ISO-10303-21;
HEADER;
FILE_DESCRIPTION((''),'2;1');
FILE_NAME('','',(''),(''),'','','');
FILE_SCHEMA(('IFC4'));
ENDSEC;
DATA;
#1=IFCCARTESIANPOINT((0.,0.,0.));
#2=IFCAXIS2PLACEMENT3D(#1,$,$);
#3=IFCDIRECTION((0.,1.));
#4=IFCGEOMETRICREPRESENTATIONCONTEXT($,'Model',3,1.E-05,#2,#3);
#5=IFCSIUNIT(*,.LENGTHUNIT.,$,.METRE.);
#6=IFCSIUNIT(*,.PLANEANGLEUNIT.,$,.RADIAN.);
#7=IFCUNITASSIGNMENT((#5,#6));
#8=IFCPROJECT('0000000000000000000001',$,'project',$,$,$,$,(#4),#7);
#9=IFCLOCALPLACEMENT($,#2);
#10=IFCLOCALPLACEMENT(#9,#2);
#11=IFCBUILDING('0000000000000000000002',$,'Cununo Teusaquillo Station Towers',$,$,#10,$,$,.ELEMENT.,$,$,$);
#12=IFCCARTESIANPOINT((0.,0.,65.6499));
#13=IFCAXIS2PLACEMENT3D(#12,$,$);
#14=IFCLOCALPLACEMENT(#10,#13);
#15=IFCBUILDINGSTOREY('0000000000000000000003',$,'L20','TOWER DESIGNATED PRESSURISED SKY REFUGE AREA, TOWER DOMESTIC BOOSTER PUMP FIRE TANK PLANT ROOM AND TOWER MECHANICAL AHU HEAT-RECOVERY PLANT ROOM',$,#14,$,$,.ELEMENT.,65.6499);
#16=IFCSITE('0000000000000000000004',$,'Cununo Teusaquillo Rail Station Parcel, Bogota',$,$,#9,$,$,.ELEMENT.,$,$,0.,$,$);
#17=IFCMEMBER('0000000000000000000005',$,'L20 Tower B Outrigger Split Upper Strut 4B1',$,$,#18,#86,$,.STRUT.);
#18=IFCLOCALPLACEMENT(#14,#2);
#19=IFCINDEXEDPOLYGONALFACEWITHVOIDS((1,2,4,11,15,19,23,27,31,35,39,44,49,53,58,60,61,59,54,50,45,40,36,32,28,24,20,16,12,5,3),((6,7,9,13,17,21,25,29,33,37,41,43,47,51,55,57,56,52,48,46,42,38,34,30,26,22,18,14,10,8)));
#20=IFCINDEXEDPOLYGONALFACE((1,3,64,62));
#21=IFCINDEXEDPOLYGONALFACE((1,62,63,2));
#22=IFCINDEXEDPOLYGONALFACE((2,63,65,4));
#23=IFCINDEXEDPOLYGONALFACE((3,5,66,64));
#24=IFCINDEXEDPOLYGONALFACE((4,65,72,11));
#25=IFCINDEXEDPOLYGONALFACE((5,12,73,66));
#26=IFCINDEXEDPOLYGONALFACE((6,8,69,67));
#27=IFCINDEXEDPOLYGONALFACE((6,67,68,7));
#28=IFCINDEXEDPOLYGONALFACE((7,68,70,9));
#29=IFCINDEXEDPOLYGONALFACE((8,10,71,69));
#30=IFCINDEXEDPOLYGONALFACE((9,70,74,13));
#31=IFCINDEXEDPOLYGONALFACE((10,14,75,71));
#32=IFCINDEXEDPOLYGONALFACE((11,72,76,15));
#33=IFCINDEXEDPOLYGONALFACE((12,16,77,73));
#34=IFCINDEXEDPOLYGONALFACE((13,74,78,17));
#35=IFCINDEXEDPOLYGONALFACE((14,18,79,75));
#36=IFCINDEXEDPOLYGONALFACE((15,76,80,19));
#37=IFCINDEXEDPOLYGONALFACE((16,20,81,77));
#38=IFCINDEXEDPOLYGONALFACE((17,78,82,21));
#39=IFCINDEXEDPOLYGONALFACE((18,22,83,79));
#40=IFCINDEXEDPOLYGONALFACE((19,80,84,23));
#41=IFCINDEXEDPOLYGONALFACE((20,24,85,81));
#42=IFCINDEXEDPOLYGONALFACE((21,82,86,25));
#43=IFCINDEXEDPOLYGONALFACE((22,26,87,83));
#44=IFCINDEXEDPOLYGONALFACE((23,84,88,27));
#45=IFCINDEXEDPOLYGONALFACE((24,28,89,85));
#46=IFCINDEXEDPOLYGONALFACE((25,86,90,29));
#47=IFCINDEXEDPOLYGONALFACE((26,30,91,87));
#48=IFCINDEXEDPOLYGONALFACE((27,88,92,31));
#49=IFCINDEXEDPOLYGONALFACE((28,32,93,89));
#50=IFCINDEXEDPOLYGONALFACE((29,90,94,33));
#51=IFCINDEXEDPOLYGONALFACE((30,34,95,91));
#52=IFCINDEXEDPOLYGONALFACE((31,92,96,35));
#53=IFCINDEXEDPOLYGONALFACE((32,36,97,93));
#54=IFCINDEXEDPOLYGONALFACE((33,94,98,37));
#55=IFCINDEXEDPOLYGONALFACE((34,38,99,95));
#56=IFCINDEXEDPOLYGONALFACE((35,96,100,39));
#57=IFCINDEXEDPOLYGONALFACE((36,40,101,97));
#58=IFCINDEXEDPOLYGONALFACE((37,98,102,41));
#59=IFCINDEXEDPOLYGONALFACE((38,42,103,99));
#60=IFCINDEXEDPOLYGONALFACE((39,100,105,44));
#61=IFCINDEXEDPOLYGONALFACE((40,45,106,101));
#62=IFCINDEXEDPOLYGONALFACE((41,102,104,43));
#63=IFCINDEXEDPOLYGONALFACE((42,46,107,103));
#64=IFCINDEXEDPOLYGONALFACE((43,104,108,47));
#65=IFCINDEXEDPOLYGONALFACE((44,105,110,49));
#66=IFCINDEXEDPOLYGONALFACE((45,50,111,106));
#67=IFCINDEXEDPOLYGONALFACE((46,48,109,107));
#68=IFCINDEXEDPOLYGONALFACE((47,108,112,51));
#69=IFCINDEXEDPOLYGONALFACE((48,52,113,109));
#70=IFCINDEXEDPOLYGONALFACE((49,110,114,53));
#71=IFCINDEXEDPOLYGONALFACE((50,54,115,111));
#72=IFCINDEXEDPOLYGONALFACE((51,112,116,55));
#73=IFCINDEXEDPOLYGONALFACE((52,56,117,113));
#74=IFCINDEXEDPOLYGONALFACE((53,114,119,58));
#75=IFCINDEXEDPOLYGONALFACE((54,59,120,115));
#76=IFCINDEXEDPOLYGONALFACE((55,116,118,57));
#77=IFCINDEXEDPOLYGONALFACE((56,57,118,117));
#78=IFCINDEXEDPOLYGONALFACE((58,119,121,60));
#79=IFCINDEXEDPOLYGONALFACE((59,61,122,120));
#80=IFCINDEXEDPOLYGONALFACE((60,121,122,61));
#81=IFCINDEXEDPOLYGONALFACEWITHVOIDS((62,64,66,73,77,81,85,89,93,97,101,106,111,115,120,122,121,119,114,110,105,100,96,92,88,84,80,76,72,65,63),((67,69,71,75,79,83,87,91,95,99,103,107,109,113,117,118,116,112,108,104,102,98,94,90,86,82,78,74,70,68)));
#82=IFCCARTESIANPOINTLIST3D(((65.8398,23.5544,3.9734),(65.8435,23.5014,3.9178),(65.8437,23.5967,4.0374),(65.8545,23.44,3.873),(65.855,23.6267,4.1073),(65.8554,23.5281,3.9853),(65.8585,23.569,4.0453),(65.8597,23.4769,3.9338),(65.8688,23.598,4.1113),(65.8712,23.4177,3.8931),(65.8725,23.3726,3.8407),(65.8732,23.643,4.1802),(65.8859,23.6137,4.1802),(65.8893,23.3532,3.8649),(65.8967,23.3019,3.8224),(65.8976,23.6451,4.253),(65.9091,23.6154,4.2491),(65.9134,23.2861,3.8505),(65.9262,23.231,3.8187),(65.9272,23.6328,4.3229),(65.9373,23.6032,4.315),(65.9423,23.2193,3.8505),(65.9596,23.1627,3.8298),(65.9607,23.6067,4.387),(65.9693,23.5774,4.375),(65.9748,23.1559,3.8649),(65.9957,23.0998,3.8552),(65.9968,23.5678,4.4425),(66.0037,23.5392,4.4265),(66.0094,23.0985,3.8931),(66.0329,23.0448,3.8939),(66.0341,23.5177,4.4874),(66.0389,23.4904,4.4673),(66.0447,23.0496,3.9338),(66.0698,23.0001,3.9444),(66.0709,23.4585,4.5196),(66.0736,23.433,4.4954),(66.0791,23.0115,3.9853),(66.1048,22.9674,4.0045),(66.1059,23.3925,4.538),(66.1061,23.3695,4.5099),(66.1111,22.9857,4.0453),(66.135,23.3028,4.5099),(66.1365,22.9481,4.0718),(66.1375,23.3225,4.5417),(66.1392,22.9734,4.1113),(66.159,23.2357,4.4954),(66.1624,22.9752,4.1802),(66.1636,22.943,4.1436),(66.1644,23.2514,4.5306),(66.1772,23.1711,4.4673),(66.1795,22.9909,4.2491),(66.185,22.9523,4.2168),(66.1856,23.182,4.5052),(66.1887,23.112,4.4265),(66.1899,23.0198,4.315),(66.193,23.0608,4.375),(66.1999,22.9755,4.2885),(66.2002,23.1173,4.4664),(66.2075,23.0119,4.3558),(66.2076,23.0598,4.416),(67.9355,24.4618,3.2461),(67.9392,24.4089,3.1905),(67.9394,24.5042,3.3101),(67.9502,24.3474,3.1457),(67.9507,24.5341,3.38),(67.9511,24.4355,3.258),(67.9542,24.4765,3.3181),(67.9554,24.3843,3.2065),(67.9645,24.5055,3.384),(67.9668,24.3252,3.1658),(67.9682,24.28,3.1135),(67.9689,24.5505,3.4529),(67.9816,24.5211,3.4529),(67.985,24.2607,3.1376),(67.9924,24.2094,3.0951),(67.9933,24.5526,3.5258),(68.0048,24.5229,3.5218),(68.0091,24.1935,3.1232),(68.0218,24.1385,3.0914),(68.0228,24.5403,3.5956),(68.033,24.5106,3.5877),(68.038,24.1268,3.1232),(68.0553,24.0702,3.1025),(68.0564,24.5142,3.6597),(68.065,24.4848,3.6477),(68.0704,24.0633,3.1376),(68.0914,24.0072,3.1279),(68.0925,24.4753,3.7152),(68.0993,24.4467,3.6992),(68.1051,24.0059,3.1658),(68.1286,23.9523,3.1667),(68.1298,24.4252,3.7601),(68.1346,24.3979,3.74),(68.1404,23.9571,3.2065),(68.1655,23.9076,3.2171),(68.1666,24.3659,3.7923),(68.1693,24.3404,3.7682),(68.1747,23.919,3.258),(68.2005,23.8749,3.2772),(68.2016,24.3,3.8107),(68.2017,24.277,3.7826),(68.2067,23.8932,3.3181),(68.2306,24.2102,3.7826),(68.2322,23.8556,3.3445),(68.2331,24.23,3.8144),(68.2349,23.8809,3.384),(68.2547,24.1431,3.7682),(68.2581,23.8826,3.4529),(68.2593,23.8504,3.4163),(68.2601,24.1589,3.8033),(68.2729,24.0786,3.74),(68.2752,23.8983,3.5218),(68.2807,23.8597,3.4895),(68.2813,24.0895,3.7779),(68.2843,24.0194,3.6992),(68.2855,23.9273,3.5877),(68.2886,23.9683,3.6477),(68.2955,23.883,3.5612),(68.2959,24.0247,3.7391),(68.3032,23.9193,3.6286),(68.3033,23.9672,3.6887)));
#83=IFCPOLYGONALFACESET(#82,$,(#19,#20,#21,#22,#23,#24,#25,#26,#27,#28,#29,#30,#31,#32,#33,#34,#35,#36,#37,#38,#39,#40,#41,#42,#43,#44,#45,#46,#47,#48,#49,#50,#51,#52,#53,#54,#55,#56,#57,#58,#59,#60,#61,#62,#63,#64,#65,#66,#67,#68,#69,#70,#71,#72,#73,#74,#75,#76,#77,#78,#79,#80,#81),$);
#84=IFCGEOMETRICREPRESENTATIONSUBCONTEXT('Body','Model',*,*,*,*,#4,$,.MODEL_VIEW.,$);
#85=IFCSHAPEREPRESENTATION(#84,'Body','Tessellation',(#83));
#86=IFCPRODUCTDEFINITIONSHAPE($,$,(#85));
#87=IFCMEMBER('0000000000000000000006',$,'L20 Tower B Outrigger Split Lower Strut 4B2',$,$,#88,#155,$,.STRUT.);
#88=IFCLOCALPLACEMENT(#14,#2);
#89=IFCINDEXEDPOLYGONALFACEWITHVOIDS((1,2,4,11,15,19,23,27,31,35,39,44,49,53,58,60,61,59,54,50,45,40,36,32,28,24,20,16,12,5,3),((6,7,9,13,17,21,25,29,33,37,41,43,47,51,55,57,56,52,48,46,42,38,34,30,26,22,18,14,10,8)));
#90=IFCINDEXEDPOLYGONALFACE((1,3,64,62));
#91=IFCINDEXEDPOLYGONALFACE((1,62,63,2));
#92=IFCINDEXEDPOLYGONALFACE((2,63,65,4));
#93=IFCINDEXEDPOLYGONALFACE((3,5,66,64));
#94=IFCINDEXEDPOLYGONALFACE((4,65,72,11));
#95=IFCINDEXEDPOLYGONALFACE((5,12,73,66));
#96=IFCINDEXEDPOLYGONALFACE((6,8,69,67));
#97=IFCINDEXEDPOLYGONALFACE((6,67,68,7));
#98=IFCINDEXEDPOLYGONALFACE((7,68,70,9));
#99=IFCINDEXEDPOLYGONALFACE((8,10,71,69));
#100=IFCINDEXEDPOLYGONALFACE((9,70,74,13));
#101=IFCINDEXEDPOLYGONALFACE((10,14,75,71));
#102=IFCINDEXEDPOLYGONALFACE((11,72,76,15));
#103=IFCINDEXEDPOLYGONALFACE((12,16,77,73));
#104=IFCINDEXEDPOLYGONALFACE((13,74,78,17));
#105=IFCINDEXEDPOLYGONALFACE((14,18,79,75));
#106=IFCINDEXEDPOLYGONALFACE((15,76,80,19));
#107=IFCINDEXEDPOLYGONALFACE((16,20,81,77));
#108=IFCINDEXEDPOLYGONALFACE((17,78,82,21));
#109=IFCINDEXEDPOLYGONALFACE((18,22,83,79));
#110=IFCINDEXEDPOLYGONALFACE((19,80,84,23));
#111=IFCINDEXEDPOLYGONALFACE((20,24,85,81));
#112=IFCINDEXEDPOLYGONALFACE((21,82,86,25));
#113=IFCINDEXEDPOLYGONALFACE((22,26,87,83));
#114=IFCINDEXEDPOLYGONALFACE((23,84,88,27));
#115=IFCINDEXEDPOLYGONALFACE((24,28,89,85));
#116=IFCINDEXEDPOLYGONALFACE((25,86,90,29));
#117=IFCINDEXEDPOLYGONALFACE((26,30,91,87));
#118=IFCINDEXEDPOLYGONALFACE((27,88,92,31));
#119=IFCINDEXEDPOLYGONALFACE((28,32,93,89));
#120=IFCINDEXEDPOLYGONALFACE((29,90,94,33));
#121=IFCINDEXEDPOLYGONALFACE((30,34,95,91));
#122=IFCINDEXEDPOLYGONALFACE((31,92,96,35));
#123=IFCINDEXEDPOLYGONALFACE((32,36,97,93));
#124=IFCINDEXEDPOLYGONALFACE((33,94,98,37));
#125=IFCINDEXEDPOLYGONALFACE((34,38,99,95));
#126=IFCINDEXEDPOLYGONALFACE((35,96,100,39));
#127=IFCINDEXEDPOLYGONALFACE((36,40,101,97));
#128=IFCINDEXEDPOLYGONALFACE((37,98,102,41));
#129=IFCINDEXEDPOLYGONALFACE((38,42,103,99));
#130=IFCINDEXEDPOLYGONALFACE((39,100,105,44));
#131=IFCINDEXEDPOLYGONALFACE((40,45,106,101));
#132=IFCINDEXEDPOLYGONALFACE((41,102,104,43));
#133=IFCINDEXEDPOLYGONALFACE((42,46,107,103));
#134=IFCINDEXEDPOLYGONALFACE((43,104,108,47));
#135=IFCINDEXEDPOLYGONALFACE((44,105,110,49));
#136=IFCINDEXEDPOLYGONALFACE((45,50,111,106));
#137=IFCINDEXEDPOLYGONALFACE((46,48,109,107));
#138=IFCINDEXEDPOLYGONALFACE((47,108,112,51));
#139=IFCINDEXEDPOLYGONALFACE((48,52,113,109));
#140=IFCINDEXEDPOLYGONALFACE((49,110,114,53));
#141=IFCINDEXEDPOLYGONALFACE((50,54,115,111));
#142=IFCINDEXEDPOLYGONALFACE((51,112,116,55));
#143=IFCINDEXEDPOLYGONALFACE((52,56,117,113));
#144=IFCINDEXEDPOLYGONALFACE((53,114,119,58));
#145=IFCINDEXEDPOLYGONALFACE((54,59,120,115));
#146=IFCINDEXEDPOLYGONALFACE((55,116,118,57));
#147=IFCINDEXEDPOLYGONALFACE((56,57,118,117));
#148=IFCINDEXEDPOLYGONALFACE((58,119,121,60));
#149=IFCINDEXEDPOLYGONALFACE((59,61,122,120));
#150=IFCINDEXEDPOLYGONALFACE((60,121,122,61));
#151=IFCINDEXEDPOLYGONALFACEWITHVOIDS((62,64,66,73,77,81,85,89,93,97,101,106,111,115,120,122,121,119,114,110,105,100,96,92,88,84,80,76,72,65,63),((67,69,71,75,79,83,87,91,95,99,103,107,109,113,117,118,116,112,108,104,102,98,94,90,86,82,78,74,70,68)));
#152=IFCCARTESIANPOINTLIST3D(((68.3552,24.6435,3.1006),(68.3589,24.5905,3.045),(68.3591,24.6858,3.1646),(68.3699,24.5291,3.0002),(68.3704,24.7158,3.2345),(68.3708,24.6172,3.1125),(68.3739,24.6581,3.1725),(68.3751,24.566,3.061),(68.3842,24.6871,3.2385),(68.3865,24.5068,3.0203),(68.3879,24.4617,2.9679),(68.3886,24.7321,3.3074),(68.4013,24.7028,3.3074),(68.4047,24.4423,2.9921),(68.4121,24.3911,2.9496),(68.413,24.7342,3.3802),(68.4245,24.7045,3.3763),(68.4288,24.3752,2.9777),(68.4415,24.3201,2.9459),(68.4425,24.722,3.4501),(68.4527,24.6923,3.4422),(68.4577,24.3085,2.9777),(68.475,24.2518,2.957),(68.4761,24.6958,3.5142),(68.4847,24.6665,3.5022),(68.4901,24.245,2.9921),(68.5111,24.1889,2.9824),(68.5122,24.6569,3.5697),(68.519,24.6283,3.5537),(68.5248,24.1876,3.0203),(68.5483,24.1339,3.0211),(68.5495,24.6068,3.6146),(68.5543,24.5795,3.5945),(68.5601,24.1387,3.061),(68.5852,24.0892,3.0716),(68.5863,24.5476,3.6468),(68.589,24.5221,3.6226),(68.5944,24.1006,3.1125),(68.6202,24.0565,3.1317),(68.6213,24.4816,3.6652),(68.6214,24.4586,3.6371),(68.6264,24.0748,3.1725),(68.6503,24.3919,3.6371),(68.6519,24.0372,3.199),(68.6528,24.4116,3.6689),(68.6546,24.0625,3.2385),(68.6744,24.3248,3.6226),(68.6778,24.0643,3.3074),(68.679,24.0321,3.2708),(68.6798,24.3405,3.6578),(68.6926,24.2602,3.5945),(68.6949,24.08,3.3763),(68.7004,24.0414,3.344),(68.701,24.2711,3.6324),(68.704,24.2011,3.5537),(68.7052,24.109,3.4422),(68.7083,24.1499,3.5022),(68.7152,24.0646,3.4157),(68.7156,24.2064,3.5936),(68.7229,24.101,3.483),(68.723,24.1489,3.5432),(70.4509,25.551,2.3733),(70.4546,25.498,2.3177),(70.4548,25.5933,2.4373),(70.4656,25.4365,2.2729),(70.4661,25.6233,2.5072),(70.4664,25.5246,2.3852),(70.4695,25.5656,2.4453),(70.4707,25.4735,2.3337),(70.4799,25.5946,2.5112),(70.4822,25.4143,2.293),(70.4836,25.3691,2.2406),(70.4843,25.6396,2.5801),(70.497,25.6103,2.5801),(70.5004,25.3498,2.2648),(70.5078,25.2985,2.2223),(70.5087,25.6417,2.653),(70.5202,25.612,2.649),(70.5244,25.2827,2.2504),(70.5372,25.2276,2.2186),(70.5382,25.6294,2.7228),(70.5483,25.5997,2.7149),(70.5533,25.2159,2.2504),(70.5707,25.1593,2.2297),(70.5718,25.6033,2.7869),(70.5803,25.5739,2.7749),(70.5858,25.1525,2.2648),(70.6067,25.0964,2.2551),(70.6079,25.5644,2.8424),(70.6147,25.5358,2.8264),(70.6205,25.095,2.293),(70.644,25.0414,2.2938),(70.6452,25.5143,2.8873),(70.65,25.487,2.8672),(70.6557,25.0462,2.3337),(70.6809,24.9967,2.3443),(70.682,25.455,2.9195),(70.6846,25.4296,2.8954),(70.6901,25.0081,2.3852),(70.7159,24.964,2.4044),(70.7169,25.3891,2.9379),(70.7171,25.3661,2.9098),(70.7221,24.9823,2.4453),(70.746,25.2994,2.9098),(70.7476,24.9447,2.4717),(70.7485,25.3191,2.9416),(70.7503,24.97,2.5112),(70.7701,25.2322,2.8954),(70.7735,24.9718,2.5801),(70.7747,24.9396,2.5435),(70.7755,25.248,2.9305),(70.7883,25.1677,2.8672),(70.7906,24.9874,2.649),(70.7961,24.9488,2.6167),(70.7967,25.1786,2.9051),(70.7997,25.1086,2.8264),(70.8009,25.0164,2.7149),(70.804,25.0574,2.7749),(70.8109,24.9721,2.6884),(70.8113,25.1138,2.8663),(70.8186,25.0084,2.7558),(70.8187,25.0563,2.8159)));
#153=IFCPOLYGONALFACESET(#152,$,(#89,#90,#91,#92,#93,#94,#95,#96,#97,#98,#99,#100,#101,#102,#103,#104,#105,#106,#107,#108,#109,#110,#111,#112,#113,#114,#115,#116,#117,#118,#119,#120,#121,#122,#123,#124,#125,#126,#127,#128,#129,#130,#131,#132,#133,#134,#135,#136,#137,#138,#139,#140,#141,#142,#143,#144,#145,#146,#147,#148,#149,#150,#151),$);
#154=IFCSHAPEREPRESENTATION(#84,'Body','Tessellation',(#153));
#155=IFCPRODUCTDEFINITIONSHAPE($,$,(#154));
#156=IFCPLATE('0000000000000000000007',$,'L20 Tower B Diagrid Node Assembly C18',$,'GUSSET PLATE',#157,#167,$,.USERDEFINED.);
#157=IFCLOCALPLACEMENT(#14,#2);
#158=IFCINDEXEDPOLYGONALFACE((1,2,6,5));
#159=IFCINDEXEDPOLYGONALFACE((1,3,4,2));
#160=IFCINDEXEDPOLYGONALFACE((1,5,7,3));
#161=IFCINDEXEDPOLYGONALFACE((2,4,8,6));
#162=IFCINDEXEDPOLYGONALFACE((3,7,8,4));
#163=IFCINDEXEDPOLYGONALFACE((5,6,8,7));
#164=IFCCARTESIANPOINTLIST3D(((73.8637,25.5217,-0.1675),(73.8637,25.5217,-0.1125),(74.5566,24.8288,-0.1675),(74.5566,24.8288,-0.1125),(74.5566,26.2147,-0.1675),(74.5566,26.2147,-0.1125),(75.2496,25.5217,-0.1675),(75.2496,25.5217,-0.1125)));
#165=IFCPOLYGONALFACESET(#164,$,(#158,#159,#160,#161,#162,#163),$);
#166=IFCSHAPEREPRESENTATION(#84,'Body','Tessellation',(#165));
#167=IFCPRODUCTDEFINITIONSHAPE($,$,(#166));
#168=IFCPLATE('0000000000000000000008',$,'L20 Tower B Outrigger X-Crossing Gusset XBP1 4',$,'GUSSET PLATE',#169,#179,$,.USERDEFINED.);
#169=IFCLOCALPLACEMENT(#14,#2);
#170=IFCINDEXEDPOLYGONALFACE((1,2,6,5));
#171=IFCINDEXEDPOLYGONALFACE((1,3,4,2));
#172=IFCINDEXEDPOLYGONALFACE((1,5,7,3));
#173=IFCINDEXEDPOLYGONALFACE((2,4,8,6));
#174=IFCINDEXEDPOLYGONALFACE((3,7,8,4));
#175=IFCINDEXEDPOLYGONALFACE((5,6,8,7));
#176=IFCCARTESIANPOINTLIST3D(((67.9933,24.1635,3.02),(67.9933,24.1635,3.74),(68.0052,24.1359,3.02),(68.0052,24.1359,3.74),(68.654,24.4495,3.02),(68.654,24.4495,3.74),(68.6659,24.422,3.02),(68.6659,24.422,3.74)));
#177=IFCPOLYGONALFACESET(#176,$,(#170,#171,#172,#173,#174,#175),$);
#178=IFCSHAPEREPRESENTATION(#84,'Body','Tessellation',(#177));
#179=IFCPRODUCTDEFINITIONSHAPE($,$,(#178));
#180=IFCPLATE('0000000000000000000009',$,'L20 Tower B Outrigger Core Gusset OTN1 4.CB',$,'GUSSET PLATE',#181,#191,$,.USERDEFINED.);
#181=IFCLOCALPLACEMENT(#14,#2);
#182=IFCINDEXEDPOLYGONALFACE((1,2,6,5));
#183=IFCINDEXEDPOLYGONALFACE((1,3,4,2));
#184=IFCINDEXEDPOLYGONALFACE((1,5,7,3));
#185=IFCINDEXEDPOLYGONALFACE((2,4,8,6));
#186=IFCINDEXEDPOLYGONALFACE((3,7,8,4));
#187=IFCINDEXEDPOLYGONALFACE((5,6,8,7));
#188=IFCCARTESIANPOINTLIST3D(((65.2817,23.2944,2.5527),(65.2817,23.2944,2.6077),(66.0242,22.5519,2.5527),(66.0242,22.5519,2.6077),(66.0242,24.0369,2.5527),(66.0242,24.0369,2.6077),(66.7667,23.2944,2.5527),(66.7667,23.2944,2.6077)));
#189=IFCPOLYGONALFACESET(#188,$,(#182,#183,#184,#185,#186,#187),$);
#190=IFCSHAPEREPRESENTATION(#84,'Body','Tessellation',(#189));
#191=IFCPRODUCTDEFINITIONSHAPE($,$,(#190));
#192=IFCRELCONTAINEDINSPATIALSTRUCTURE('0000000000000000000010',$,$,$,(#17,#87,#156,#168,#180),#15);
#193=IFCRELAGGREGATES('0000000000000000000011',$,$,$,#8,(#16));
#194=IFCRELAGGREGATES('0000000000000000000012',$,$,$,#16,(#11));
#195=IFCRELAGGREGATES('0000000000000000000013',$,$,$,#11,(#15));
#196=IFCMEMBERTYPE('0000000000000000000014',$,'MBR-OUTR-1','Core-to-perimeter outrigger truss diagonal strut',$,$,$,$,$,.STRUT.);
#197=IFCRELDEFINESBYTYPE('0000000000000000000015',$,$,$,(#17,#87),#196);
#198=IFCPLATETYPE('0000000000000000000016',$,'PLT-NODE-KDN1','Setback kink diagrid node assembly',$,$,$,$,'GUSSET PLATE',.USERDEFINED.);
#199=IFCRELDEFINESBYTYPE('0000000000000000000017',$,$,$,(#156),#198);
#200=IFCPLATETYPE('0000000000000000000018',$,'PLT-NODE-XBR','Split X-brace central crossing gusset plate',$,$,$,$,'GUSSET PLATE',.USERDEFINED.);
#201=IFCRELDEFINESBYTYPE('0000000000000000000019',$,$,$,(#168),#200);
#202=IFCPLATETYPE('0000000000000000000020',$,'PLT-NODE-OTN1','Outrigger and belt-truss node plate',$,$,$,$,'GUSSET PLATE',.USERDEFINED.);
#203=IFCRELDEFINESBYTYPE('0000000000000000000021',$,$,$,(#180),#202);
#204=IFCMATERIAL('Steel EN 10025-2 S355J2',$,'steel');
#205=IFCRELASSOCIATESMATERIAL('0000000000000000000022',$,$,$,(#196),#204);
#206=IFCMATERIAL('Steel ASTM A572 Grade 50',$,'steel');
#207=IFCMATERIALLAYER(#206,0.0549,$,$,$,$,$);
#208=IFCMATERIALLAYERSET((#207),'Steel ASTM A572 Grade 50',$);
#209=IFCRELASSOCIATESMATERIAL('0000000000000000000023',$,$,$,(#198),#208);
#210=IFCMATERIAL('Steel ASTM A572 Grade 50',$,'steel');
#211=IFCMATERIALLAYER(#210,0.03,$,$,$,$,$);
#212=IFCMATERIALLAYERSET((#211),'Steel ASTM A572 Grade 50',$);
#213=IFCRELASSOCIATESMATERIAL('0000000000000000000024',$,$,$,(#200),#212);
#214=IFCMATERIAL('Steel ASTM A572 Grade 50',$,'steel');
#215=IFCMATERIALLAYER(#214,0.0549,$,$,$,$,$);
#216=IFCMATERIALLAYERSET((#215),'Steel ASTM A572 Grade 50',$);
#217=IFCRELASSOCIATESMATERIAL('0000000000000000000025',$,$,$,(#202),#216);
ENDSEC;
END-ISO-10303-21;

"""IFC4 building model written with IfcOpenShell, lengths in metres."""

from ifc_helpers import new_model, si_unit, direction, frame, origin, origin_2d, place, context, subcontext, project, spatial, rectangle, hollow_circle, extrude, source, transform, mapped, material, layer, layer_set, material_profile, profile_set, type_object, element, save


model = new_model("IFC4")

# Units and contexts
model_context = context("Model", 3, precision=1e-05, world=origin(), true_north=direction((0.0, 1.0)))
body_context = subcontext(model_context, "Body", "Model", "MODEL_VIEW")
ifc_project = project(units=[si_unit("LENGTHUNIT", "METRE"), si_unit("PLANEANGLEUNIT", "RADIAN")], contexts=[model_context])

# Site, building, storey
site_placement = place(None, origin())
site = spatial("IfcSite", under=ifc_project, at=site_placement, Name="Cununo Teusaquillo Rail Station Parcel, Bogota", CompositionType="ELEMENT", RefElevation=0.0)
building_placement = place(site_placement, origin())
building = spatial("IfcBuilding", under=site, at=building_placement, Name="Cununo Teusaquillo Station Towers", CompositionType="ELEMENT")
storey_placement = place(building_placement, frame((0.0, 0.0, 65.6499)))
storey = spatial("IfcBuildingStorey", under=building, at=storey_placement, Name="L20", Description="TOWER DESIGNATED PRESSURISED SKY REFUGE AREA, TOWER DOMESTIC BOOSTER PUMP FIRE TANK PLANT ROOM AND TOWER MECHANICAL AHU HEAT-RECOVERY PLANT ROOM", CompositionType="ELEMENT", Elevation=65.6499)

# Members
ifc_material_1 = material(Name="Steel EN 10025-2 S355J2", Category="steel")
ifc_material_profile_1 = material_profile(ifc_material_1, hollow_circle(Radius=0.3799, WallThickness=0.032, at=origin_2d()), Name="CHS 760x32")
ifc_profile_set_1 = profile_set([ifc_material_profile_1], Name="Steel EN 10025-2 S355J2")
member_type_1 = type_object("IfcMemberType", Name="MBR-OUTR-1", Description="Core-to-perimeter outrigger truss diagonal strut", PredefinedType="STRUT", material=ifc_profile_set_1)
for number, where, z_axis, x_axis, name in (
    (1, (66.0242, 23.2944, 4.1802), (0.874392, 0.378625, -0.30345), (-0.397361, 0.917662, 0.0), "L20 Tower B Outrigger Split Upper Strut 4B1"),
    (2, (68.5396, 24.3835, 3.3074), (0.874392, 0.378625, -0.30345), (-0.397361, 0.917662, 0.0), "L20 Tower B Outrigger Split Lower Strut 4B2"),
):
    element("IfcMember", number, at=place(storey_placement, frame(where, z_axis=z_axis, x_axis=x_axis)), inside=storey, type_object=member_type_1, Name=name, PredefinedType="STRUT", context=body_context, shape_type="SweptSolid", body=[
        extrude(hollow_circle(Radius=0.3799, WallThickness=0.032, at=origin_2d()), origin(), (0.0, 0.0, 1.0), 2.3967),
    ])

# Plates
ifc_material_2 = material(Name="Steel ASTM A572 Grade 50", Category="steel")
ifc_layer_1 = layer(ifc_material_2, 0.0549)
ifc_layer_set_1 = layer_set([ifc_layer_1], Name="Steel ASTM A572 Grade 50")
plate_type_1 = type_object("IfcPlateType", Name="PLT-NODE-KDN1", Description="Setback kink diagrid node assembly", ElementType="GUSSET PLATE", PredefinedType="USERDEFINED", material=ifc_layer_set_1)
shared_shape_1 = source(origin(), body_context, "Body", "SweptSolid", [
    extrude(rectangle(XDim=0.98, YDim=0.98, at=origin_2d()), origin(), (0.0, 0.0, 1.0), 0.0549),
])
plate_1_placement = place(storey_placement, frame((74.5566, 25.5217, -0.1675), z_axis=(0.0, 0.0, 1.0), x_axis=(0.707107, 0.707107, 0.0)))
element("IfcPlate", 3, at=plate_1_placement, inside=storey, type_object=plate_type_1, Name="L20 Tower B Diagrid Node Assembly C18", ObjectType="GUSSET PLATE", PredefinedType="USERDEFINED", context=body_context, shape_type="MappedRepresentation", body=[
    mapped(shared_shape_1, transform((0.0, 0.0, 0.0), x_axis=(1.0, 0.0, 0.0), y_axis=(0.0, 1.0, 0.0), z_axis=(0.0, 0.0, 1.0), scale=1.0)),
])
ifc_material_3 = material(Name="Steel ASTM A572 Grade 50", Category="steel")
ifc_layer_2 = layer(ifc_material_3, 0.03)
ifc_layer_set_2 = layer_set([ifc_layer_2], Name="Steel ASTM A572 Grade 50")
plate_type_2 = type_object("IfcPlateType", Name="PLT-NODE-XBR", Description="Split X-brace central crossing gusset plate", ElementType="GUSSET PLATE", PredefinedType="USERDEFINED", material=ifc_layer_set_2)
shared_shape_2 = source(origin(), body_context, "Body", "SweptSolid", [
    extrude(rectangle(XDim=0.72, YDim=0.03, at=origin_2d()), origin(), (0.0, 0.0, 1.0), 0.72),
])
plate_2_placement = place(storey_placement, frame((68.3296, 24.2927, 3.02), z_axis=(0.0, 0.0, 1.0), x_axis=(0.917685, 0.397308, 0.0)))
element("IfcPlate", 4, at=plate_2_placement, inside=storey, type_object=plate_type_2, Name="L20 Tower B Outrigger X-Crossing Gusset XBP1 4", ObjectType="GUSSET PLATE", PredefinedType="USERDEFINED", context=body_context, shape_type="MappedRepresentation", body=[
    mapped(shared_shape_2, transform((0.0, 0.0, 0.0), x_axis=(1.0, 0.0, 0.0), y_axis=(0.0, 1.0, 0.0), z_axis=(0.0, 0.0, 1.0), scale=1.0)),
])
ifc_material_4 = material(Name="Steel ASTM A572 Grade 50", Category="steel")
ifc_layer_3 = layer(ifc_material_4, 0.0549)
ifc_layer_set_3 = layer_set([ifc_layer_3], Name="Steel ASTM A572 Grade 50")
plate_type_3 = type_object("IfcPlateType", Name="PLT-NODE-OTN1", Description="Outrigger and belt-truss node plate", ElementType="GUSSET PLATE", PredefinedType="USERDEFINED", material=ifc_layer_set_3)
shared_shape_3 = source(origin(), body_context, "Body", "SweptSolid", [
    extrude(rectangle(XDim=1.05, YDim=1.05, at=origin_2d()), origin(), (0.0, 0.0, 1.0), 0.0549),
])
for number, where, z_axis, x_axis, name in (
    (5, (66.0242, 23.2944, 2.5527), (0.0, 0.0, 1.0), (0.707107, 0.707107, 0.0), "L20 Tower B Outrigger Core Gusset OTN1 4.CB"),
):
    element("IfcPlate", number, at=place(storey_placement, frame(where, z_axis=z_axis, x_axis=x_axis)), inside=storey, type_object=plate_type_3, Name=name, ObjectType="GUSSET PLATE", PredefinedType="USERDEFINED", context=body_context, shape_type="MappedRepresentation", body=[
        mapped(shared_shape_3, transform((0.0, 0.0, 0.0), x_axis=(1.0, 0.0, 0.0), y_axis=(0.0, 1.0, 0.0), z_axis=(0.0, 0.0, 1.0), scale=1.0)),
    ])

save(model, "model.ifc")
